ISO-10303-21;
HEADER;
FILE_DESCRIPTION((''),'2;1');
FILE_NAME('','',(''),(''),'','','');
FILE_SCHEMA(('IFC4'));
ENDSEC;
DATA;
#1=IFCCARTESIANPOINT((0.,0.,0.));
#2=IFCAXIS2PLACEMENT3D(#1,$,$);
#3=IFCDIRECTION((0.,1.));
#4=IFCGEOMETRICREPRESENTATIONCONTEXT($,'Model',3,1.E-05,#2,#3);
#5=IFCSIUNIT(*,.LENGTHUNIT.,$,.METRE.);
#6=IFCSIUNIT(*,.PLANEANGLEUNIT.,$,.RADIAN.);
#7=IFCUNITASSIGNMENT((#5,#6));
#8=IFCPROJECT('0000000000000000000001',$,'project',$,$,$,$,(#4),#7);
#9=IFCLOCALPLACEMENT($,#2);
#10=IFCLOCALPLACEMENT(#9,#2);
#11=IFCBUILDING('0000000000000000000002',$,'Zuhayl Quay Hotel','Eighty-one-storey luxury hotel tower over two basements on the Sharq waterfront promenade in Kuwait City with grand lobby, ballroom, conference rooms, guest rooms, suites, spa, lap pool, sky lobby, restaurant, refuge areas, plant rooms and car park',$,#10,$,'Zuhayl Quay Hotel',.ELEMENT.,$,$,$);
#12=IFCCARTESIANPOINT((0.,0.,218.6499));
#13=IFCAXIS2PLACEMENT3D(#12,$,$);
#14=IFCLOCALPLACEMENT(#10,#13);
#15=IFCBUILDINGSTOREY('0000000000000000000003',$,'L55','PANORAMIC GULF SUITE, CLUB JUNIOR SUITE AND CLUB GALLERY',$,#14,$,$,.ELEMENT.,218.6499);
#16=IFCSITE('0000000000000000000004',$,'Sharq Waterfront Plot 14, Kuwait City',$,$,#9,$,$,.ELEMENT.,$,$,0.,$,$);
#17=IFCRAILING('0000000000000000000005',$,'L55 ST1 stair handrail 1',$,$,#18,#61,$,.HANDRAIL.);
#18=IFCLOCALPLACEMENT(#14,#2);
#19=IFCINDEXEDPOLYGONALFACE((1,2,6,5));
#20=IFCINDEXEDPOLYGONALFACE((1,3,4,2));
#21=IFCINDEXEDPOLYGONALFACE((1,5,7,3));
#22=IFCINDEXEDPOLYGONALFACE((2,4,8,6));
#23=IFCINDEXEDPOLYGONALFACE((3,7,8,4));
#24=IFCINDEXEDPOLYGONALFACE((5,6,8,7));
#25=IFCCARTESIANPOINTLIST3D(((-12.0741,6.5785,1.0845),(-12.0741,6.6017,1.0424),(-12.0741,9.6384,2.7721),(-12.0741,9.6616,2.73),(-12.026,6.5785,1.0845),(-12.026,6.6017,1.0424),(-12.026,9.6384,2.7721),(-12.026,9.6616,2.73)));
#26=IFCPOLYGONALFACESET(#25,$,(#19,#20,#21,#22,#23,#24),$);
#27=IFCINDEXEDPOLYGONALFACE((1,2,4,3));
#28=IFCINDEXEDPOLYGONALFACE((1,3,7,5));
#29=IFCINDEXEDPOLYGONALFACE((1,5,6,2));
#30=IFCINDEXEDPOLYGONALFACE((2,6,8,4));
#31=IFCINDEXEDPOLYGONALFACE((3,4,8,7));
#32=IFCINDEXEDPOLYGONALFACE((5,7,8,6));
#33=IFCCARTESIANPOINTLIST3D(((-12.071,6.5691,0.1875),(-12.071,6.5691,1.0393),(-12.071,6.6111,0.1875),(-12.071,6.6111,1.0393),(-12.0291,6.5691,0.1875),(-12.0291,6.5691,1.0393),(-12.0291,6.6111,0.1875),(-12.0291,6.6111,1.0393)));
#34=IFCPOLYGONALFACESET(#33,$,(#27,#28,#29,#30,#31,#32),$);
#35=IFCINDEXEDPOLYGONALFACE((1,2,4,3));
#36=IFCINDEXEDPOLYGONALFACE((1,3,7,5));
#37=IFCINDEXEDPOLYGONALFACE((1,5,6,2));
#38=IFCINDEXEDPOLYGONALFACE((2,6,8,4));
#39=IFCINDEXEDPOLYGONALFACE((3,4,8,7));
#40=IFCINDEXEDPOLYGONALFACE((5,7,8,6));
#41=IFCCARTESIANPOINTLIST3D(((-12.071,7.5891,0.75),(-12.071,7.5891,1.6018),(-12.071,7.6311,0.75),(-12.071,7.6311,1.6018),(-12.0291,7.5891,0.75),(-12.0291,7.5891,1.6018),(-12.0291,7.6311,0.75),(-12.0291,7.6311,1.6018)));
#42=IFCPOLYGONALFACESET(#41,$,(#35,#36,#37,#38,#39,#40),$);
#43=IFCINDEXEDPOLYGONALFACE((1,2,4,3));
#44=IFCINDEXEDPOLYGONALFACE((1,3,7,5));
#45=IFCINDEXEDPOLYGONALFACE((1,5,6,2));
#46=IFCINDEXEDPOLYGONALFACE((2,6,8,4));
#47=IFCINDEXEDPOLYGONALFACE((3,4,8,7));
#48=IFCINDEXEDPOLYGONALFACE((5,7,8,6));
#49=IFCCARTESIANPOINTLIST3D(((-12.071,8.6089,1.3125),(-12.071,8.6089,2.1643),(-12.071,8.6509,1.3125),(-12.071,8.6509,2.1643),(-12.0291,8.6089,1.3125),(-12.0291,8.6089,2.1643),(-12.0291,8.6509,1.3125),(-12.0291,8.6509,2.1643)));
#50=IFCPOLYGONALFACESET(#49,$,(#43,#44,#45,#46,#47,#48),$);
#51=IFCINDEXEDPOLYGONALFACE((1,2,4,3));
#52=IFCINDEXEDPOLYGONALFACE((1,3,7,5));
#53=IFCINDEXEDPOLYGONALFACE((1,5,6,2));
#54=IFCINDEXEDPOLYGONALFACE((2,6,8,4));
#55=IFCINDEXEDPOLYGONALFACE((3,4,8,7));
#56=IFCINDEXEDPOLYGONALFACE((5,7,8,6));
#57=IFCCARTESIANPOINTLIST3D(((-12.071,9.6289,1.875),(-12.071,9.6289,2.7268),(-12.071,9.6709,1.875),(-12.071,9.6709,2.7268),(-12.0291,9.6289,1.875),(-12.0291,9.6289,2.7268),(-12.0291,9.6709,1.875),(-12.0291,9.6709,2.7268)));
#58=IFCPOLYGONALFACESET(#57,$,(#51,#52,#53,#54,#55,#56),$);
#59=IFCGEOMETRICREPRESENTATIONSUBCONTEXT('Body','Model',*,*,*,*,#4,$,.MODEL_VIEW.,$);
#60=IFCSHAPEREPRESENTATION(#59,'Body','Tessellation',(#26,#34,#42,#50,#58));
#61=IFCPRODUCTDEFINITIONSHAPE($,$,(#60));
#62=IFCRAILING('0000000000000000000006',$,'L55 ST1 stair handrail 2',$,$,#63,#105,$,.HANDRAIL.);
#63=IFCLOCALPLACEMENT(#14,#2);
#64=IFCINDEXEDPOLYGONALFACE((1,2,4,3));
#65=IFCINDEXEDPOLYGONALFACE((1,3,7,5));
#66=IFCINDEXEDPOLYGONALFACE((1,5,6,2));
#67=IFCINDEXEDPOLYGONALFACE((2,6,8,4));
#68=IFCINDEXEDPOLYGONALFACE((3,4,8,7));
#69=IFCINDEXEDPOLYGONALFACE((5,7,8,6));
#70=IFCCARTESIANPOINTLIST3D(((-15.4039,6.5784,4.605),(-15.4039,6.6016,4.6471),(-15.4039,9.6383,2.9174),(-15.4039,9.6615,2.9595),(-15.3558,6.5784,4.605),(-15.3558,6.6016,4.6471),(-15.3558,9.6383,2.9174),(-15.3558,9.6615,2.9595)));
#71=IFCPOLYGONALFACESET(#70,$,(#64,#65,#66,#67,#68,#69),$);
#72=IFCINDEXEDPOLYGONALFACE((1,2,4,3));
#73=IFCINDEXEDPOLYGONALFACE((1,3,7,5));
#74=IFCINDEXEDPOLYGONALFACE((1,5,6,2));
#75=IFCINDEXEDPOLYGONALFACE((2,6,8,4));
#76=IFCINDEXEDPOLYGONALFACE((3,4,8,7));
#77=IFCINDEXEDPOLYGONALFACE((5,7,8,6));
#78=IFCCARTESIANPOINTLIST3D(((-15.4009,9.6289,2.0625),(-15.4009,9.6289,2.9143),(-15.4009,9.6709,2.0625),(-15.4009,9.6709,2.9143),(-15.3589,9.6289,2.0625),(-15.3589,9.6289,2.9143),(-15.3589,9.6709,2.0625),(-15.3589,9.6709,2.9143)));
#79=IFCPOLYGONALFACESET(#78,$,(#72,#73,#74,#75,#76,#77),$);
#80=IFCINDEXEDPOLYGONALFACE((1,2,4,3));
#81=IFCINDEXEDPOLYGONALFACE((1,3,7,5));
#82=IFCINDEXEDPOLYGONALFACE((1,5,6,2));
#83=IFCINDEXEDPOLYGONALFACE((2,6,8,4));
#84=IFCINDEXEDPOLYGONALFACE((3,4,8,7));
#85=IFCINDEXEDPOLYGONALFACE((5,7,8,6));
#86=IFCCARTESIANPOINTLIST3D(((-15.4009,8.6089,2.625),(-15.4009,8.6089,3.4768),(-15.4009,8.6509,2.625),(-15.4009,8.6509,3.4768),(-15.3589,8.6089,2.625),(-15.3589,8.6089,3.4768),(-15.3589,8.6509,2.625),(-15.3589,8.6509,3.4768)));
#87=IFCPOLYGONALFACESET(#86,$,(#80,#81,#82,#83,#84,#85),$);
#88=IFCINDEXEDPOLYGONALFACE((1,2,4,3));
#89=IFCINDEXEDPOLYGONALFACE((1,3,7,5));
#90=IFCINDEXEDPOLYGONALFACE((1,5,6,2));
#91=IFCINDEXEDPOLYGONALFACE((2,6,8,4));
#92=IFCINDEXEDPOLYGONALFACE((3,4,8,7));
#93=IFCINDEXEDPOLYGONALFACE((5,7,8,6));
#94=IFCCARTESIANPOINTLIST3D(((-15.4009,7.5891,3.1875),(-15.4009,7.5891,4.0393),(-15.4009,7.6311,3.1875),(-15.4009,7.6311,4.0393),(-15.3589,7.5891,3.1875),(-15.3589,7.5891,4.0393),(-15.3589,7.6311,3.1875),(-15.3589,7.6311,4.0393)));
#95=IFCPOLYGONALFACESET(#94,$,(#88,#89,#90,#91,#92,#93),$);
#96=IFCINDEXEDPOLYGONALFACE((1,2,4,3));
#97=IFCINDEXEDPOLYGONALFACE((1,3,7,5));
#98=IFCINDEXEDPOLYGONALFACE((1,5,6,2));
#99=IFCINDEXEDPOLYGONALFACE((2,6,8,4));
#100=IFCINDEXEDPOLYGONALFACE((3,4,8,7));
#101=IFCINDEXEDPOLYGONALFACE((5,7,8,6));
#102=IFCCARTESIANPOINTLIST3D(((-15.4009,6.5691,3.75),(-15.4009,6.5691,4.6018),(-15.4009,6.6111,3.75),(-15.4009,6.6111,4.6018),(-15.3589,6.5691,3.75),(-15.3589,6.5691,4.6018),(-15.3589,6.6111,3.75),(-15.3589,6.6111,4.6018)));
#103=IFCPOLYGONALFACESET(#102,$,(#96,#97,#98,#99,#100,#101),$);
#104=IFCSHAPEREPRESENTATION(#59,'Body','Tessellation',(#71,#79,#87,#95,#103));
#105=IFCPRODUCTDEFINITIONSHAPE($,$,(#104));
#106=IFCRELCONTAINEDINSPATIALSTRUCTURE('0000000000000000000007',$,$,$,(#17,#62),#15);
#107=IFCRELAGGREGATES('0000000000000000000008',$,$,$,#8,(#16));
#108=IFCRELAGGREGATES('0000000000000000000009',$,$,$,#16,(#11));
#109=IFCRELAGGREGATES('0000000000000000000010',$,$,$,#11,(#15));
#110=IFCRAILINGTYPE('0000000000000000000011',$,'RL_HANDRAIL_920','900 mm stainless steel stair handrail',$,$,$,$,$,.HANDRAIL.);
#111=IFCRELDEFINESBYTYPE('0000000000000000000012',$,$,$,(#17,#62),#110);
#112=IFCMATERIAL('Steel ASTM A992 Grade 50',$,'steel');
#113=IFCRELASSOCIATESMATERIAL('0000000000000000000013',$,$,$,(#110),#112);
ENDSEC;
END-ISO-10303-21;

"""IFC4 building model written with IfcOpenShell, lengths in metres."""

from ifc_helpers import new_model, si_unit, direction, frame, origin, origin_2d, place, context, subcontext, project, spatial, rectangle, extrude, material, type_object, element, save


model = new_model("IFC4")

# Units and contexts
model_context = context("Model", 3, precision=1e-05, world=origin(), true_north=direction((0.0, 1.0)))
body_context = subcontext(model_context, "Body", "Model", "MODEL_VIEW")
ifc_project = project(units=[si_unit("LENGTHUNIT", "METRE"), si_unit("PLANEANGLEUNIT", "RADIAN")], contexts=[model_context])

# Site, building, storey
site_placement = place(None, origin())
site = spatial("IfcSite", under=ifc_project, at=site_placement, Name="Sharq Waterfront Plot 14, Kuwait City", CompositionType="ELEMENT", RefElevation=0.0)
building_placement = place(site_placement, origin())
building = spatial("IfcBuilding", under=site, at=building_placement, Name="Zuhayl Quay Hotel", Description="Eighty-one-storey luxury hotel tower over two basements on the Sharq waterfront promenade in Kuwait City with grand lobby, ballroom, conference rooms, guest rooms, suites, spa, lap pool, sky lobby, restaurant, refuge areas, plant rooms and car park", LongName="Zuhayl Quay Hotel", CompositionType="ELEMENT")
storey_placement = place(building_placement, frame((0.0, 0.0, 218.6499)))
storey = spatial("IfcBuildingStorey", under=building, at=storey_placement, Name="L55", Description="PANORAMIC GULF SUITE, CLUB JUNIOR SUITE AND CLUB GALLERY", CompositionType="ELEMENT", Elevation=218.6499)

# Shared definitions
ifc_material_1 = material(Name="Steel ASTM A992 Grade 50", Category="steel")

# Railings
railing_type_1 = type_object("IfcRailingType", Name="RL_HANDRAIL_920", Description="900 mm stainless steel stair handrail", PredefinedType="HANDRAIL", material=ifc_material_1)
railing_1_placement = place(storey_placement, frame((-12.05, 6.5901, 0.1875)))
element("IfcRailing", 1, at=railing_1_placement, inside=storey, type_object=railing_type_1, Name="L55 ST1 stair handrail 1", PredefinedType="HANDRAIL", context=body_context, shape_type="SweptSolid", body=[
    extrude(rectangle(XDim=0.0481, YDim=0.0481, at=origin_2d()), frame((0.0, 0.0, 0.876), z_axis=(0.0, 0.875659, 0.48293), x_axis=(-1.0, 0.0, 0.0)), (0.0, 0.0, 1.0), 3.4944),
    extrude(rectangle(XDim=0.042, YDim=0.042, at=origin_2d()), origin(), (0.0, 0.0, 1.0), 0.8518),
    extrude(rectangle(XDim=0.042, YDim=0.042, at=origin_2d()), frame((0.0, 1.02, 0.5625)), (0.0, 0.0, 1.0), 0.8518),
    extrude(rectangle(XDim=0.042, YDim=0.042, at=origin_2d()), frame((0.0, 2.0398, 1.125)), (0.0, 0.0, 1.0), 0.8518),
    extrude(rectangle(XDim=0.042, YDim=0.042, at=origin_2d()), frame((0.0, 3.0598, 1.6875)), (0.0, 0.0, 1.0), 0.8518),
])
railing_2_placement = place(storey_placement, frame((-15.3799, 9.6499, 2.0625)))
element("IfcRailing", 2, at=railing_2_placement, inside=storey, type_object=railing_type_1, Name="L55 ST1 stair handrail 2", PredefinedType="HANDRAIL", context=body_context, shape_type="SweptSolid", body=[
    extrude(rectangle(XDim=0.0481, YDim=0.0481, at=origin_2d()), frame((0.0, 0.0, 0.876), z_axis=(0.0, -0.875659, 0.48293), x_axis=(1.0, 0.0, 0.0)), (0.0, 0.0, 1.0), 3.4944),
    extrude(rectangle(XDim=0.042, YDim=0.042, at=origin_2d()), origin(), (0.0, 0.0, 1.0), 0.8518),
    extrude(rectangle(XDim=0.042, YDim=0.042, at=origin_2d()), frame((0.0, -1.02, 0.5625)), (0.0, 0.0, 1.0), 0.8518),
    extrude(rectangle(XDim=0.042, YDim=0.042, at=origin_2d()), frame((0.0, -2.0398, 1.125)), (0.0, 0.0, 1.0), 0.8518),
    extrude(rectangle(XDim=0.042, YDim=0.042, at=origin_2d()), frame((0.0, -3.0598, 1.6875)), (0.0, 0.0, 1.0), 0.8518),
])

save(model, "model.ifc")
